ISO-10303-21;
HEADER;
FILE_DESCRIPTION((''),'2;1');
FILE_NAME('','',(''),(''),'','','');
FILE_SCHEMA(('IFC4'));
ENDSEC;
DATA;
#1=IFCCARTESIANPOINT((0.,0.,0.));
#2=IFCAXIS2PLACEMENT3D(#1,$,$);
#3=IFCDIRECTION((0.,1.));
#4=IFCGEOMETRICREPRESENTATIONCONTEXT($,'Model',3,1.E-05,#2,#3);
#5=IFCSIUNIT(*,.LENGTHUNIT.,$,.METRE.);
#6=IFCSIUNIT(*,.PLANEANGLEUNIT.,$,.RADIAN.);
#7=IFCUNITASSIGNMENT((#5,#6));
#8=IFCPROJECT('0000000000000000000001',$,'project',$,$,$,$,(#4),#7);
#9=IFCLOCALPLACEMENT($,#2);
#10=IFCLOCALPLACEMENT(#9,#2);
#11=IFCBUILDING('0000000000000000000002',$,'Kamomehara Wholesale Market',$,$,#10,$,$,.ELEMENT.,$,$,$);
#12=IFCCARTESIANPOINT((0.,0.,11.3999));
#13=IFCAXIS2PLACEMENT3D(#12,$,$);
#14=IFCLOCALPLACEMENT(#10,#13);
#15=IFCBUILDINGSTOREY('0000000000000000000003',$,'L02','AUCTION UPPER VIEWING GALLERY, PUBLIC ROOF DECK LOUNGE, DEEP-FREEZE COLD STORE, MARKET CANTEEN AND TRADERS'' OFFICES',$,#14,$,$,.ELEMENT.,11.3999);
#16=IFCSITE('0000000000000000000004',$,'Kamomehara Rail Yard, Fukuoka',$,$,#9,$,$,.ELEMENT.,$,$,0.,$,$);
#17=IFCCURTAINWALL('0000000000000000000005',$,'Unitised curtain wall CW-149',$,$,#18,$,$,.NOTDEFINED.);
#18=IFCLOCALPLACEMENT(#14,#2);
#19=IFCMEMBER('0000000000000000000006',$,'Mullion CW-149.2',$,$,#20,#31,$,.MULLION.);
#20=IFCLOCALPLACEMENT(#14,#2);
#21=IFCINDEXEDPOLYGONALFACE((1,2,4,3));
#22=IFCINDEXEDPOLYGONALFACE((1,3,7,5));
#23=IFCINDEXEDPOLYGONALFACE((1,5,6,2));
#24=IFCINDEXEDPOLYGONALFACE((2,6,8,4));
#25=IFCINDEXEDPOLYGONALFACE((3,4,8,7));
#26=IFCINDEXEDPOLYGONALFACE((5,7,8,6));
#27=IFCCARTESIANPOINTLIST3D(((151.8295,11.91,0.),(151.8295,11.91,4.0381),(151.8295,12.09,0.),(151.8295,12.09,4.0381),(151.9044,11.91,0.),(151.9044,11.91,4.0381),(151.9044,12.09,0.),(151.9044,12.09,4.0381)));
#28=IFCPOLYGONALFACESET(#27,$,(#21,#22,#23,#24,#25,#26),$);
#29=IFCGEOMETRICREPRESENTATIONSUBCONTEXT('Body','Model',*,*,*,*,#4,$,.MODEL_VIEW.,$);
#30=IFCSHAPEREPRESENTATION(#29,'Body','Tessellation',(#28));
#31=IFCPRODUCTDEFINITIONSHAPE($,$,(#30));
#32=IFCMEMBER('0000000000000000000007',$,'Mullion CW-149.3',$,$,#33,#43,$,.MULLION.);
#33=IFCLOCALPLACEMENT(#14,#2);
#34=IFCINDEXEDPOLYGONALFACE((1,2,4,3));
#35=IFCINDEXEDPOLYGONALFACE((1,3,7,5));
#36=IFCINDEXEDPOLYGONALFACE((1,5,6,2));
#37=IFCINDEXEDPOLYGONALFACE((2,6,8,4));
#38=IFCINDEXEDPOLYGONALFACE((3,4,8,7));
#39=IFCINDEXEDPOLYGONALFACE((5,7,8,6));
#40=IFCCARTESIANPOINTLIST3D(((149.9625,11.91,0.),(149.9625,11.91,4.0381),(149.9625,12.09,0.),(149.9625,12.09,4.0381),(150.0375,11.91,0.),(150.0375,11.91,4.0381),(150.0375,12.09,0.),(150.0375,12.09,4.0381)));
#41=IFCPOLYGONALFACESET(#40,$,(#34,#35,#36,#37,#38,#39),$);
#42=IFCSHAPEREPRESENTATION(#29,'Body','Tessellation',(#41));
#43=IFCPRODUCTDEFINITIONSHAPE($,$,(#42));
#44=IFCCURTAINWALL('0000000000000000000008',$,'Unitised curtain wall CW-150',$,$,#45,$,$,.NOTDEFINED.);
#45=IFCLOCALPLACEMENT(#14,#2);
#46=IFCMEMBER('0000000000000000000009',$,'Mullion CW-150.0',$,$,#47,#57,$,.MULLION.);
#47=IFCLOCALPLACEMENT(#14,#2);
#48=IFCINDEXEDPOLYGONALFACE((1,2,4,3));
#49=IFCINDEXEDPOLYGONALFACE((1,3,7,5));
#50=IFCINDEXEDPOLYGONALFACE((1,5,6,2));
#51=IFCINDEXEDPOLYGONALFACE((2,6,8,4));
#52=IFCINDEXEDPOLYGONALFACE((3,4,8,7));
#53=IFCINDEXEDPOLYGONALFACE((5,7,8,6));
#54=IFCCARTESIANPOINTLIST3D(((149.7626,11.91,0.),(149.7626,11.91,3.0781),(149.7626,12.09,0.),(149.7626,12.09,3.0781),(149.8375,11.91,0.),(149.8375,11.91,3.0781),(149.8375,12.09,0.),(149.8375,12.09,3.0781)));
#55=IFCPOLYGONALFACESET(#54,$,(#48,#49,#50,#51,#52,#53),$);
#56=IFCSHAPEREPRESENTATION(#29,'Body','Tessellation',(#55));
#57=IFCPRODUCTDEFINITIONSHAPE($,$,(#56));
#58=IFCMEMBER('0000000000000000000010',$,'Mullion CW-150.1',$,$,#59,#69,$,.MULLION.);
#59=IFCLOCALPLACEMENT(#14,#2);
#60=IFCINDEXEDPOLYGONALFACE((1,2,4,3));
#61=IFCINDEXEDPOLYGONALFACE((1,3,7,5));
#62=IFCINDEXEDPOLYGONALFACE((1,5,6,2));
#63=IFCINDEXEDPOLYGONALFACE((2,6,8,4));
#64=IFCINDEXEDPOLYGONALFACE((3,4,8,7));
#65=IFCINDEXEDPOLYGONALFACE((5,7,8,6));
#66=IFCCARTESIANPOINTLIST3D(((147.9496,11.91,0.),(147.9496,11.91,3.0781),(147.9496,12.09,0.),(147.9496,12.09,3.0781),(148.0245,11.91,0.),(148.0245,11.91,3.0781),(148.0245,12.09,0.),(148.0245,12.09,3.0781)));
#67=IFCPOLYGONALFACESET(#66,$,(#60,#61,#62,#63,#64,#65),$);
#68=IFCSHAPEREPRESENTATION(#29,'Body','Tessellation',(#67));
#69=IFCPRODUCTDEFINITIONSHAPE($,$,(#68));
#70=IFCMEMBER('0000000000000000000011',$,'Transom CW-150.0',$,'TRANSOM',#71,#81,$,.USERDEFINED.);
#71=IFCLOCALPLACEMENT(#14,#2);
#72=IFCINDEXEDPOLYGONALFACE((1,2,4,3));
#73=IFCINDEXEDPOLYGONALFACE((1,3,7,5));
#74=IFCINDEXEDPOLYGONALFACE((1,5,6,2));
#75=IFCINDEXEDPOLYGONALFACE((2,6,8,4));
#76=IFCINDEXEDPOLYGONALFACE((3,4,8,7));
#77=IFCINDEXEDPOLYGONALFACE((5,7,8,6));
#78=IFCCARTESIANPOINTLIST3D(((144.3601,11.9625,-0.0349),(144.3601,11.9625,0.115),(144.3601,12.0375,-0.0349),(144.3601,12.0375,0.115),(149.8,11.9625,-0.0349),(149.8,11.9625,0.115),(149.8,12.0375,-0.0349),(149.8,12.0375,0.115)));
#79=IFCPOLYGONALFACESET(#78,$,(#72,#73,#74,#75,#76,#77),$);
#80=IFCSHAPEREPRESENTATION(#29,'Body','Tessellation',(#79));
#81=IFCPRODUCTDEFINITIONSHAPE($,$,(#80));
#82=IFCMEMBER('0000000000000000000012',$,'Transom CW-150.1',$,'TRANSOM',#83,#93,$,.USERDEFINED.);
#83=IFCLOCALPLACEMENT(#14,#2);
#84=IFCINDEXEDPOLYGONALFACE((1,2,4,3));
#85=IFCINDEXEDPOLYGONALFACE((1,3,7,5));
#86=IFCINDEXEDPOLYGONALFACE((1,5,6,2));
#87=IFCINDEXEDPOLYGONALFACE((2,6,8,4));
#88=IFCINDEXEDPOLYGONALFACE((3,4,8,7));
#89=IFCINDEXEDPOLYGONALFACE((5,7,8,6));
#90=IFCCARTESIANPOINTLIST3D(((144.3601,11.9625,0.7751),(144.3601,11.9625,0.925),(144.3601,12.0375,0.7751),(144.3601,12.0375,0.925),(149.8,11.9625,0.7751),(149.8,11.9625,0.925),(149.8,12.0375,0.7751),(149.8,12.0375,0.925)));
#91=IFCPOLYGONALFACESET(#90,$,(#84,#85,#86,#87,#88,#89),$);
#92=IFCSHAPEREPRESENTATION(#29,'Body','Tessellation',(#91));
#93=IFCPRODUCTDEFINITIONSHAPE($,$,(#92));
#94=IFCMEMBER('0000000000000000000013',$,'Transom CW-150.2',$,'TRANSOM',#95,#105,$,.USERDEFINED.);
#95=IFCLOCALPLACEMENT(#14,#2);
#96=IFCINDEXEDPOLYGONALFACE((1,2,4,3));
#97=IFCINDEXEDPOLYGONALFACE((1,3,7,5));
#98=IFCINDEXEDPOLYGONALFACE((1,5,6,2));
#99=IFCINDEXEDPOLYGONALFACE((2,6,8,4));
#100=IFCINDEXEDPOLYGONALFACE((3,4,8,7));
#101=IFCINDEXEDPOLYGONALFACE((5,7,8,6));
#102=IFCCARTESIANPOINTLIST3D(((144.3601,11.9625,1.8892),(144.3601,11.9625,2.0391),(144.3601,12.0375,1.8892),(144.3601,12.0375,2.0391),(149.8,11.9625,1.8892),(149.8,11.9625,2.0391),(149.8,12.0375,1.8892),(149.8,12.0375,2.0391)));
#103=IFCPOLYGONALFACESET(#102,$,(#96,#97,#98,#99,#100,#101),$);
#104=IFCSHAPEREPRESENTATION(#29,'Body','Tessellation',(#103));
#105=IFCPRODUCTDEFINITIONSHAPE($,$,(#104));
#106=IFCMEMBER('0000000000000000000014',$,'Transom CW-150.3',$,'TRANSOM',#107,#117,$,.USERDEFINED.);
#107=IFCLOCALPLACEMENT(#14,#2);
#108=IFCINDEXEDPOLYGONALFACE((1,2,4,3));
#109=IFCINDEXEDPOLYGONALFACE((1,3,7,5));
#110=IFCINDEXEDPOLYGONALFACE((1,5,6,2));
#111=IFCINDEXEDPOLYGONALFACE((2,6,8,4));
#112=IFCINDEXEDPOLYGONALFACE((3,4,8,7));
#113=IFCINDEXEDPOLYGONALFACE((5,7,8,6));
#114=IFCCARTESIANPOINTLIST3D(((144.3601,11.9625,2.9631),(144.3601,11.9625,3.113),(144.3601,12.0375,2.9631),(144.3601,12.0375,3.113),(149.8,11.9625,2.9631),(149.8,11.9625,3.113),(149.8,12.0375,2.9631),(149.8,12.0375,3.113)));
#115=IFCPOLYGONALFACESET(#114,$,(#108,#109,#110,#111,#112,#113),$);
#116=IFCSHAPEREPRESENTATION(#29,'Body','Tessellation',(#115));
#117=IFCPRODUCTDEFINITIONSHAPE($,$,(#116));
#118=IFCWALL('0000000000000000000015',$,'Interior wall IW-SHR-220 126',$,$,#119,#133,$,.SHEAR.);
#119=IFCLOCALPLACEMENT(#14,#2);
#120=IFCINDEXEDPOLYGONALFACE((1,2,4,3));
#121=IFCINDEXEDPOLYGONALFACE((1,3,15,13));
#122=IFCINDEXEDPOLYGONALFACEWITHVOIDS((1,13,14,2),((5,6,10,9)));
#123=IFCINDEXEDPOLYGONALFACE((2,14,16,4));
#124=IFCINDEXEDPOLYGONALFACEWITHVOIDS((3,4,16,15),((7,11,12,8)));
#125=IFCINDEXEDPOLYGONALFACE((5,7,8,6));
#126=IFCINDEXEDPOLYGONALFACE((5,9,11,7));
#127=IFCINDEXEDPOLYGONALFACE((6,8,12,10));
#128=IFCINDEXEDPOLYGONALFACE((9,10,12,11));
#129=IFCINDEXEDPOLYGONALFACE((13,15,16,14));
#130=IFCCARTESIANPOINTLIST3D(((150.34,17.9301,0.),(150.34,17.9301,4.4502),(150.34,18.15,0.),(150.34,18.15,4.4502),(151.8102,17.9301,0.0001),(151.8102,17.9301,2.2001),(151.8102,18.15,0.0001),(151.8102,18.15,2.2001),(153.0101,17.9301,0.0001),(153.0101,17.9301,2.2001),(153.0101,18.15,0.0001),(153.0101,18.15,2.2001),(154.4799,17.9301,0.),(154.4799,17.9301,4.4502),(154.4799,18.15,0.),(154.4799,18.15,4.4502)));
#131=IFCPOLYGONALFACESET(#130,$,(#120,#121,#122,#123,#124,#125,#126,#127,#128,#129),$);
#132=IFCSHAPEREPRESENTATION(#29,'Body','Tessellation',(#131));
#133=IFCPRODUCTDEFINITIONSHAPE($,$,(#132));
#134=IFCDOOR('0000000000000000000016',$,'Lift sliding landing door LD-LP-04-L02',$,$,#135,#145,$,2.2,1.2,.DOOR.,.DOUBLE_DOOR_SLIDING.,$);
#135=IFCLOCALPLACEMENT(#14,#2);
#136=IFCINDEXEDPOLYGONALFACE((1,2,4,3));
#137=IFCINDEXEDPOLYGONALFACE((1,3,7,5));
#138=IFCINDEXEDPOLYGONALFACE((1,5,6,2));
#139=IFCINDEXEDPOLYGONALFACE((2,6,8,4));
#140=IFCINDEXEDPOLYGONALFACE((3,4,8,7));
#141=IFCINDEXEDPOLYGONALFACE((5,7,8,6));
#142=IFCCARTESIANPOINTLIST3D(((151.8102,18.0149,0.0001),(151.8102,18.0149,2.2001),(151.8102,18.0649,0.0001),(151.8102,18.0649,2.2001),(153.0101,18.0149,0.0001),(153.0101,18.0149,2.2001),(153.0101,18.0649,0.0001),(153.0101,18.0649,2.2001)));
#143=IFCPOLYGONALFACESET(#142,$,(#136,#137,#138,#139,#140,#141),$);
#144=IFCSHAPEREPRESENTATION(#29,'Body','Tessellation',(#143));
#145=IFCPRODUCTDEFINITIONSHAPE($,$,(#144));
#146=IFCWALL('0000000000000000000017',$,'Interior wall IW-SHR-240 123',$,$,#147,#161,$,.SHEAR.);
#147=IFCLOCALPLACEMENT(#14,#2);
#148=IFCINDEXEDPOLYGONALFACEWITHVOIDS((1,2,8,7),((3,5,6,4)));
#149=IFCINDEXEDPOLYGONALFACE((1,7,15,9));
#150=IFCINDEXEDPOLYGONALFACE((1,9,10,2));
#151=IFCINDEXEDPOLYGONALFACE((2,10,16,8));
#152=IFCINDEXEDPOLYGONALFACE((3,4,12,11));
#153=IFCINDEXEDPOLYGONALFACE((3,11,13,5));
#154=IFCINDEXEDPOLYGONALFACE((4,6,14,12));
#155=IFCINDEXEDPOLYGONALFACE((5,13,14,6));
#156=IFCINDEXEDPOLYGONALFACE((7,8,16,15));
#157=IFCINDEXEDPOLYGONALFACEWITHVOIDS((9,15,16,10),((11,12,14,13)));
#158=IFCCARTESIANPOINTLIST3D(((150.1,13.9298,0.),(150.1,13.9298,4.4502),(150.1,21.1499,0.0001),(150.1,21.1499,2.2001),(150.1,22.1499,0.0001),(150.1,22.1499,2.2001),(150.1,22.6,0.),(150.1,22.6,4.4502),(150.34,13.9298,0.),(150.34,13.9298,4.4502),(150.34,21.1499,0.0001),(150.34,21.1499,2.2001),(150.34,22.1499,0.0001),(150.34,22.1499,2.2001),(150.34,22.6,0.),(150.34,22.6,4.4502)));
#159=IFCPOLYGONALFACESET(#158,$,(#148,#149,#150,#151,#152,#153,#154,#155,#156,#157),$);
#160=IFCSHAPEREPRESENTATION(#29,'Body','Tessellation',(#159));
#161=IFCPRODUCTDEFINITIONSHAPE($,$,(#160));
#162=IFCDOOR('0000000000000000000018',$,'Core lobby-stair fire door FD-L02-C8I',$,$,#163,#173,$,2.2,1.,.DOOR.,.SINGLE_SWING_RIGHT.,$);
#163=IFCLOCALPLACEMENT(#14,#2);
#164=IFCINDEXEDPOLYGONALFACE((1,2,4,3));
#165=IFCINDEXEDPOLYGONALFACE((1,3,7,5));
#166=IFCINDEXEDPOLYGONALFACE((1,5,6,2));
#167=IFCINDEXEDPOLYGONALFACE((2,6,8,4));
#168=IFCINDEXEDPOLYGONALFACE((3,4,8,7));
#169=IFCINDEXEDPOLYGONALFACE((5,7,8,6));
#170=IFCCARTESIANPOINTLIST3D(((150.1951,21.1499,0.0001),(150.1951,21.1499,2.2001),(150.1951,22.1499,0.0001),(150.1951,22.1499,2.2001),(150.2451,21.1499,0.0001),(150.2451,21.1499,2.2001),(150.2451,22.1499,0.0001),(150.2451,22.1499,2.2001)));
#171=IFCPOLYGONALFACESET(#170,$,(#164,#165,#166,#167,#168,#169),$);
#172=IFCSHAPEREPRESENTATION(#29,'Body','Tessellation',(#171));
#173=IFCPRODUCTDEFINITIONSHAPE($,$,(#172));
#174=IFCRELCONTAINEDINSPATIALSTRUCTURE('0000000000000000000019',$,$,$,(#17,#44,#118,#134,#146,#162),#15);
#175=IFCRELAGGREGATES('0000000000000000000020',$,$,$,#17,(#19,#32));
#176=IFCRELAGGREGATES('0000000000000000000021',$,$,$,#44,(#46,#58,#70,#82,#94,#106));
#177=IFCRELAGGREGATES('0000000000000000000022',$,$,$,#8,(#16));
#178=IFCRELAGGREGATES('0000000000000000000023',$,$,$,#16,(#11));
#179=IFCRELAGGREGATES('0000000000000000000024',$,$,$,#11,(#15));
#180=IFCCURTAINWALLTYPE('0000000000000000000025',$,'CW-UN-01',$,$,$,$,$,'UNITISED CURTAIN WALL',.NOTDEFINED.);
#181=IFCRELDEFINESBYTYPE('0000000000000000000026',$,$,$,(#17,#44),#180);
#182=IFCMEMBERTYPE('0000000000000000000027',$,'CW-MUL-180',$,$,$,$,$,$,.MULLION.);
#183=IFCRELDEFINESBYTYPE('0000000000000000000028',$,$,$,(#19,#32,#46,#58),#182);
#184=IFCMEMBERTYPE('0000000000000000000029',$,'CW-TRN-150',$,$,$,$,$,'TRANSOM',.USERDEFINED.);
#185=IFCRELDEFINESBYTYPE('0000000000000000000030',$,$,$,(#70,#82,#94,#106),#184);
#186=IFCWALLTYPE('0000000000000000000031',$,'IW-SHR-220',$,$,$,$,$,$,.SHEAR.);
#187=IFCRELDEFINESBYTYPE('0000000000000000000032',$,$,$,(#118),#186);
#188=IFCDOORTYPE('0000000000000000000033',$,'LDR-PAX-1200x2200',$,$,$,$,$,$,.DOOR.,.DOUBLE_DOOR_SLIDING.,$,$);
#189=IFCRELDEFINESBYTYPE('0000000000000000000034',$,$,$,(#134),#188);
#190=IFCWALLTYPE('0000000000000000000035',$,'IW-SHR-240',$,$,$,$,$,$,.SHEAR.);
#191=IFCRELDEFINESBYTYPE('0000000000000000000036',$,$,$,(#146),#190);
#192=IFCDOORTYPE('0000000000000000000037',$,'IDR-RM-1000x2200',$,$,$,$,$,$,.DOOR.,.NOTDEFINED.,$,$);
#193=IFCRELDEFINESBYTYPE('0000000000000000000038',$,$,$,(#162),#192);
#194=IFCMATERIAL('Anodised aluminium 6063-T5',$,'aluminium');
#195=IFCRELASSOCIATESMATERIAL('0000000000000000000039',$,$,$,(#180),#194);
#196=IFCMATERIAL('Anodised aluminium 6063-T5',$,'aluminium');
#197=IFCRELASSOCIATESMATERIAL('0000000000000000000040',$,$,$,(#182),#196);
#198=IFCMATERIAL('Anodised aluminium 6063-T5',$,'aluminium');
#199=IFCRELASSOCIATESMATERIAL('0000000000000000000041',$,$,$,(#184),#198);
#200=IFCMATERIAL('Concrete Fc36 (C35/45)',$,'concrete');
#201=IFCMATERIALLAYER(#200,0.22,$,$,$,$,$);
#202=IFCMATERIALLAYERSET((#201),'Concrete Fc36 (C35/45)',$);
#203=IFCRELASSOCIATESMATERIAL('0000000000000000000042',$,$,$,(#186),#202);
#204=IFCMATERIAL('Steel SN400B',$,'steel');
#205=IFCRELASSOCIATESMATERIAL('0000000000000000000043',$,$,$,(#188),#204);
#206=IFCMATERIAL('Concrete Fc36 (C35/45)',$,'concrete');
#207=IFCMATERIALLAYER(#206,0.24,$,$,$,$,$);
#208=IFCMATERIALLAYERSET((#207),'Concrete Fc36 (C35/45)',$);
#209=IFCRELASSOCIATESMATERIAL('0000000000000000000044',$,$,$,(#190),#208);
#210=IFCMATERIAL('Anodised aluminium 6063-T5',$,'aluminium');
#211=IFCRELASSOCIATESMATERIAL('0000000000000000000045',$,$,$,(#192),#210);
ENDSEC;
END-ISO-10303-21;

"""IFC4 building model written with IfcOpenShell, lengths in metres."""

from ifc_helpers import new_model, si_unit, direction, frame, frame_2d, origin, origin_2d, place, context, subcontext, project, spatial, rectangle, extrude, material, layer, layer_set, material_profile, profile_set, type_object, element, fill, aggregate, save


model = new_model("IFC4")

# Units and contexts
model_context = context("Model", 3, precision=1e-05, world=origin(), true_north=direction((0.0, 1.0)))
body_context = subcontext(model_context, "Body", "Model", "MODEL_VIEW")
ifc_project = project(units=[si_unit("LENGTHUNIT", "METRE"), si_unit("PLANEANGLEUNIT", "RADIAN")], contexts=[model_context])

# Site, building, storey
site_placement = place(None, origin())
site = spatial("IfcSite", under=ifc_project, at=site_placement, Name="Kamomehara Rail Yard, Fukuoka", CompositionType="ELEMENT", RefElevation=0.0)
building_placement = place(site_placement, origin())
building = spatial("IfcBuilding", under=site, at=building_placement, Name="Kamomehara Wholesale Market", CompositionType="ELEMENT")
storey_placement = place(building_placement, frame((0.0, 0.0, 11.3999)))
storey = spatial("IfcBuildingStorey", under=building, at=storey_placement, Name="L02", Description="AUCTION UPPER VIEWING GALLERY, PUBLIC ROOF DECK LOUNGE, DEEP-FREEZE COLD STORE, MARKET CANTEEN AND TRADERS' OFFICES", CompositionType="ELEMENT", Elevation=11.3999)

# Curtain walls, members
ifc_material_1 = material(Name="Anodised aluminium 6063-T5", Category="aluminium")
curtain_wall_type = type_object("IfcCurtainWallType", Name="CW-UN-01", ElementType="UNITISED CURTAIN WALL", PredefinedType="NOTDEFINED", material=ifc_material_1)
curtain_wall_1_placement = place(storey_placement, origin())
curtain_wall_1 = element("IfcCurtainWall", 1, at=curtain_wall_1_placement, inside=storey, type_object=curtain_wall_type, Name="Unitised curtain wall CW-149", PredefinedType="NOTDEFINED")
ifc_material_2 = material(Name="Anodised aluminium 6063-T5", Category="aluminium")
ifc_material_profile_1 = material_profile(ifc_material_2, rectangle(XDim=0.075, YDim=0.1799, at=origin_2d()), Name="ALU-MUL-75x180")
ifc_profile_set_1 = profile_set([ifc_material_profile_1], Name="Anodised aluminium 6063-T5")
member_type_1 = type_object("IfcMemberType", Name="CW-MUL-180", PredefinedType="MULLION", material=ifc_profile_set_1)
member_1_placement = place(storey_placement, frame((151.8669, 12.0, 0.0), z_axis=(0.0, 0.0, 1.0), x_axis=(-1.0, 0.0, 0.0)))
member_1 = element("IfcMember", 2, at=member_1_placement, type_object=member_type_1, Name="Mullion CW-149.2", PredefinedType="MULLION", context=body_context, shape_type="SweptSolid", body=[
    extrude(rectangle(XDim=0.075, YDim=0.1799, at=origin_2d()), origin(), (0.0, 0.0, 1.0), 4.0381),
])
member_2_placement = place(storey_placement, frame((150.0, 12.0, 0.0), z_axis=(0.0, 0.0, 1.0), x_axis=(-1.0, 0.0, 0.0)))
member_2 = element("IfcMember", 3, at=member_2_placement, type_object=member_type_1, Name="Mullion CW-149.3", PredefinedType="MULLION", context=body_context, shape_type="SweptSolid", body=[
    extrude(rectangle(XDim=0.075, YDim=0.1799, at=origin_2d()), origin(), (0.0, 0.0, 1.0), 4.0381),
])
aggregate(curtain_wall_1, [member_1, member_2])
curtain_wall_2_placement = place(storey_placement, origin())
curtain_wall_2 = element("IfcCurtainWall", 4, at=curtain_wall_2_placement, inside=storey, type_object=curtain_wall_type, Name="Unitised curtain wall CW-150", PredefinedType="NOTDEFINED")
member_3_placement = place(storey_placement, frame((149.8, 12.0, 0.0), z_axis=(0.0, 0.0, 1.0), x_axis=(-1.0, 0.0, 0.0)))
member_3 = element("IfcMember", 5, at=member_3_placement, type_object=member_type_1, Name="Mullion CW-150.0", PredefinedType="MULLION", context=body_context, shape_type="SweptSolid", body=[
    extrude(rectangle(XDim=0.075, YDim=0.1799, at=origin_2d()), origin(), (0.0, 0.0, 1.0), 3.0781),
])
member_4_placement = place(storey_placement, frame((147.9871, 12.0, 0.0), z_axis=(0.0, 0.0, 1.0), x_axis=(-1.0, 0.0, 0.0)))
member_4 = element("IfcMember", 6, at=member_4_placement, type_object=member_type_1, Name="Mullion CW-150.1", PredefinedType="MULLION", context=body_context, shape_type="SweptSolid", body=[
    extrude(rectangle(XDim=0.075, YDim=0.1799, at=origin_2d()), origin(), (0.0, 0.0, 1.0), 3.0781),
])
ifc_material_3 = material(Name="Anodised aluminium 6063-T5", Category="aluminium")
ifc_material_profile_2 = material_profile(ifc_material_3, rectangle(XDim=0.075, YDim=0.1499, at=origin_2d()), Name="ALU-TRN-75x150")
ifc_profile_set_2 = profile_set([ifc_material_profile_2], Name="Anodised aluminium 6063-T5")
member_type_2 = type_object("IfcMemberType", Name="CW-TRN-150", ElementType="TRANSOM", PredefinedType="USERDEFINED", material=ifc_profile_set_2)
member_5_placement = place(storey_placement, frame((149.8, 12.0, 0.04), z_axis=(-1.0, 0.0, 0.0), x_axis=(0.0, -1.0, 0.0)))
member_5 = element("IfcMember", 7, at=member_5_placement, type_object=member_type_2, Name="Transom CW-150.0", ObjectType="TRANSOM", PredefinedType="USERDEFINED", context=body_context, shape_type="SweptSolid", body=[
    extrude(rectangle(XDim=0.075, YDim=0.1499, at=origin_2d()), origin(), (0.0, 0.0, 1.0), 5.4399),
])
member_6_placement = place(storey_placement, frame((149.8, 12.0, 0.8501), z_axis=(-1.0, 0.0, 0.0), x_axis=(0.0, -1.0, 0.0)))
member_6 = element("IfcMember", 8, at=member_6_placement, type_object=member_type_2, Name="Transom CW-150.1", ObjectType="TRANSOM", PredefinedType="USERDEFINED", context=body_context, shape_type="SweptSolid", body=[
    extrude(rectangle(XDim=0.075, YDim=0.1499, at=origin_2d()), origin(), (0.0, 0.0, 1.0), 5.4399),
])
member_7_placement = place(storey_placement, frame((149.8, 12.0, 1.9641), z_axis=(-1.0, 0.0, 0.0), x_axis=(0.0, -1.0, 0.0)))
member_7 = element("IfcMember", 9, at=member_7_placement, type_object=member_type_2, Name="Transom CW-150.2", ObjectType="TRANSOM", PredefinedType="USERDEFINED", context=body_context, shape_type="SweptSolid", body=[
    extrude(rectangle(XDim=0.075, YDim=0.1499, at=origin_2d()), origin(), (0.0, 0.0, 1.0), 5.4399),
])
member_8_placement = place(storey_placement, frame((149.8, 12.0, 3.0381), z_axis=(-1.0, 0.0, 0.0), x_axis=(0.0, -1.0, 0.0)))
member_8 = element("IfcMember", 10, at=member_8_placement, type_object=member_type_2, Name="Transom CW-150.3", ObjectType="TRANSOM", PredefinedType="USERDEFINED", context=body_context, shape_type="SweptSolid", body=[
    extrude(rectangle(XDim=0.075, YDim=0.1499, at=origin_2d()), origin(), (0.0, 0.0, 1.0), 5.4399),
])
aggregate(curtain_wall_2, [member_3, member_4, member_5, member_6, member_7, member_8])

# Walls, openings, doors
ifc_material_4 = material(Name="Concrete Fc36 (C35/45)", Category="concrete")
ifc_layer_1 = layer(ifc_material_4, 0.22)
ifc_layer_set_1 = layer_set([ifc_layer_1], Name="Concrete Fc36 (C35/45)")
wall_type_1 = type_object("IfcWallType", Name="IW-SHR-220", PredefinedType="SHEAR", material=ifc_layer_set_1)
wall_1_placement = place(storey_placement, frame((150.3401, 18.04, 0.0), z_axis=(0.0, 0.0, 1.0), x_axis=(1.0, 0.0, 0.0)))
wall_1 = element("IfcWall", 11, at=wall_1_placement, inside=storey, type_object=wall_type_1, Name="Interior wall IW-SHR-220 126", PredefinedType="SHEAR", context=body_context, shape_type="SweptSolid", body=[
    extrude(rectangle(XDim=4.1399, YDim=0.22, at=frame_2d((2.0698, 0.0))), origin(), (0.0, 0.0, 1.0), 4.4502),
])
opening_1_placement = place(wall_1_placement, frame((1.47, 0.0, 0.0)))
opening_1 = element("IfcOpeningElement", 12, at=opening_1_placement, cuts=wall_1, PredefinedType="OPENING", context=body_context, shape_type="SweptSolid", body=[
    extrude(rectangle(XDim=1.2, YDim=2.2, at=frame_2d((0.6001, 1.1001))), frame((0.0, 0.125, 0.0), z_axis=(0.0, -1.0, 0.0), x_axis=(1.0, 0.0, 0.0)), (0.0, 0.0, 1.0), 0.2498),
])
ifc_material_5 = material(Name="Steel SN400B", Category="steel")
door_type_1 = type_object("IfcDoorType", Name="LDR-PAX-1200x2200", OperationType="DOUBLE_DOOR_SLIDING", PredefinedType="DOOR", material=ifc_material_5)
door_1_placement = place(opening_1_placement, origin())
door_1 = element("IfcDoor", 13, at=door_1_placement, inside=storey, type_object=door_type_1, Name="Lift sliding landing door LD-LP-04-L02", OperationType="DOUBLE_DOOR_SLIDING", OverallHeight=2.2, OverallWidth=1.2, PredefinedType="DOOR", context=body_context, shape_type="SweptSolid", body=[
    extrude(rectangle(XDim=1.2, YDim=2.2, at=frame_2d((0.6001, 1.1001))), frame((0.0, 0.0249, 0.0), z_axis=(0.0, -1.0, 0.0), x_axis=(1.0, 0.0, 0.0)), (0.0, 0.0, 1.0), 0.05),
])
fill(opening_1, door_1)
ifc_material_6 = material(Name="Concrete Fc36 (C35/45)", Category="concrete")
ifc_layer_2 = layer(ifc_material_6, 0.24)
ifc_layer_set_2 = layer_set([ifc_layer_2], Name="Concrete Fc36 (C35/45)")
wall_type_2 = type_object("IfcWallType", Name="IW-SHR-240", PredefinedType="SHEAR", material=ifc_layer_set_2)
wall_2_placement = place(storey_placement, frame((150.22, 13.9299, 0.0), z_axis=(0.0, 0.0, 1.0), x_axis=(0.0, 1.0, 0.0)))
wall_2 = element("IfcWall", 14, at=wall_2_placement, inside=storey, type_object=wall_type_2, Name="Interior wall IW-SHR-240 123", PredefinedType="SHEAR", context=body_context, shape_type="SweptSolid", body=[
    extrude(rectangle(XDim=8.6702, YDim=0.24, at=frame_2d((4.335, 0.0))), origin(), (0.0, 0.0, 1.0), 4.4502),
])
opening_2_placement = place(wall_2_placement, frame((7.22, 0.0, 0.0)))
opening_2 = element("IfcOpeningElement", 15, at=opening_2_placement, cuts=wall_2, PredefinedType="OPENING", context=body_context, shape_type="SweptSolid", body=[
    extrude(rectangle(XDim=1.0, YDim=2.2, at=frame_2d((0.5, 1.1001))), frame((0.0, 0.1348, 0.0), z_axis=(0.0, -1.0, 0.0), x_axis=(1.0, 0.0, 0.0)), (0.0, 0.0, 1.0), 0.2698),
])
ifc_material_7 = material(Name="Anodised aluminium 6063-T5", Category="aluminium")
door_type_2 = type_object("IfcDoorType", Name="IDR-RM-1000x2200", OperationType="NOTDEFINED", PredefinedType="DOOR", material=ifc_material_7)
door_2_placement = place(opening_2_placement, origin())
door_2 = element("IfcDoor", 16, at=door_2_placement, inside=storey, type_object=door_type_2, Name="Core lobby-stair fire door FD-L02-C8I", OperationType="SINGLE_SWING_RIGHT", OverallHeight=2.2, OverallWidth=1.0, PredefinedType="DOOR", context=body_context, shape_type="SweptSolid", body=[
    extrude(rectangle(XDim=1.0, YDim=2.2, at=frame_2d((0.5, 1.1001))), frame((0.0, 0.0249, 0.0), z_axis=(0.0, -1.0, 0.0), x_axis=(1.0, 0.0, 0.0)), (0.0, 0.0, 1.0), 0.05),
])
fill(opening_2, door_2)

save(model, "model.ifc")
